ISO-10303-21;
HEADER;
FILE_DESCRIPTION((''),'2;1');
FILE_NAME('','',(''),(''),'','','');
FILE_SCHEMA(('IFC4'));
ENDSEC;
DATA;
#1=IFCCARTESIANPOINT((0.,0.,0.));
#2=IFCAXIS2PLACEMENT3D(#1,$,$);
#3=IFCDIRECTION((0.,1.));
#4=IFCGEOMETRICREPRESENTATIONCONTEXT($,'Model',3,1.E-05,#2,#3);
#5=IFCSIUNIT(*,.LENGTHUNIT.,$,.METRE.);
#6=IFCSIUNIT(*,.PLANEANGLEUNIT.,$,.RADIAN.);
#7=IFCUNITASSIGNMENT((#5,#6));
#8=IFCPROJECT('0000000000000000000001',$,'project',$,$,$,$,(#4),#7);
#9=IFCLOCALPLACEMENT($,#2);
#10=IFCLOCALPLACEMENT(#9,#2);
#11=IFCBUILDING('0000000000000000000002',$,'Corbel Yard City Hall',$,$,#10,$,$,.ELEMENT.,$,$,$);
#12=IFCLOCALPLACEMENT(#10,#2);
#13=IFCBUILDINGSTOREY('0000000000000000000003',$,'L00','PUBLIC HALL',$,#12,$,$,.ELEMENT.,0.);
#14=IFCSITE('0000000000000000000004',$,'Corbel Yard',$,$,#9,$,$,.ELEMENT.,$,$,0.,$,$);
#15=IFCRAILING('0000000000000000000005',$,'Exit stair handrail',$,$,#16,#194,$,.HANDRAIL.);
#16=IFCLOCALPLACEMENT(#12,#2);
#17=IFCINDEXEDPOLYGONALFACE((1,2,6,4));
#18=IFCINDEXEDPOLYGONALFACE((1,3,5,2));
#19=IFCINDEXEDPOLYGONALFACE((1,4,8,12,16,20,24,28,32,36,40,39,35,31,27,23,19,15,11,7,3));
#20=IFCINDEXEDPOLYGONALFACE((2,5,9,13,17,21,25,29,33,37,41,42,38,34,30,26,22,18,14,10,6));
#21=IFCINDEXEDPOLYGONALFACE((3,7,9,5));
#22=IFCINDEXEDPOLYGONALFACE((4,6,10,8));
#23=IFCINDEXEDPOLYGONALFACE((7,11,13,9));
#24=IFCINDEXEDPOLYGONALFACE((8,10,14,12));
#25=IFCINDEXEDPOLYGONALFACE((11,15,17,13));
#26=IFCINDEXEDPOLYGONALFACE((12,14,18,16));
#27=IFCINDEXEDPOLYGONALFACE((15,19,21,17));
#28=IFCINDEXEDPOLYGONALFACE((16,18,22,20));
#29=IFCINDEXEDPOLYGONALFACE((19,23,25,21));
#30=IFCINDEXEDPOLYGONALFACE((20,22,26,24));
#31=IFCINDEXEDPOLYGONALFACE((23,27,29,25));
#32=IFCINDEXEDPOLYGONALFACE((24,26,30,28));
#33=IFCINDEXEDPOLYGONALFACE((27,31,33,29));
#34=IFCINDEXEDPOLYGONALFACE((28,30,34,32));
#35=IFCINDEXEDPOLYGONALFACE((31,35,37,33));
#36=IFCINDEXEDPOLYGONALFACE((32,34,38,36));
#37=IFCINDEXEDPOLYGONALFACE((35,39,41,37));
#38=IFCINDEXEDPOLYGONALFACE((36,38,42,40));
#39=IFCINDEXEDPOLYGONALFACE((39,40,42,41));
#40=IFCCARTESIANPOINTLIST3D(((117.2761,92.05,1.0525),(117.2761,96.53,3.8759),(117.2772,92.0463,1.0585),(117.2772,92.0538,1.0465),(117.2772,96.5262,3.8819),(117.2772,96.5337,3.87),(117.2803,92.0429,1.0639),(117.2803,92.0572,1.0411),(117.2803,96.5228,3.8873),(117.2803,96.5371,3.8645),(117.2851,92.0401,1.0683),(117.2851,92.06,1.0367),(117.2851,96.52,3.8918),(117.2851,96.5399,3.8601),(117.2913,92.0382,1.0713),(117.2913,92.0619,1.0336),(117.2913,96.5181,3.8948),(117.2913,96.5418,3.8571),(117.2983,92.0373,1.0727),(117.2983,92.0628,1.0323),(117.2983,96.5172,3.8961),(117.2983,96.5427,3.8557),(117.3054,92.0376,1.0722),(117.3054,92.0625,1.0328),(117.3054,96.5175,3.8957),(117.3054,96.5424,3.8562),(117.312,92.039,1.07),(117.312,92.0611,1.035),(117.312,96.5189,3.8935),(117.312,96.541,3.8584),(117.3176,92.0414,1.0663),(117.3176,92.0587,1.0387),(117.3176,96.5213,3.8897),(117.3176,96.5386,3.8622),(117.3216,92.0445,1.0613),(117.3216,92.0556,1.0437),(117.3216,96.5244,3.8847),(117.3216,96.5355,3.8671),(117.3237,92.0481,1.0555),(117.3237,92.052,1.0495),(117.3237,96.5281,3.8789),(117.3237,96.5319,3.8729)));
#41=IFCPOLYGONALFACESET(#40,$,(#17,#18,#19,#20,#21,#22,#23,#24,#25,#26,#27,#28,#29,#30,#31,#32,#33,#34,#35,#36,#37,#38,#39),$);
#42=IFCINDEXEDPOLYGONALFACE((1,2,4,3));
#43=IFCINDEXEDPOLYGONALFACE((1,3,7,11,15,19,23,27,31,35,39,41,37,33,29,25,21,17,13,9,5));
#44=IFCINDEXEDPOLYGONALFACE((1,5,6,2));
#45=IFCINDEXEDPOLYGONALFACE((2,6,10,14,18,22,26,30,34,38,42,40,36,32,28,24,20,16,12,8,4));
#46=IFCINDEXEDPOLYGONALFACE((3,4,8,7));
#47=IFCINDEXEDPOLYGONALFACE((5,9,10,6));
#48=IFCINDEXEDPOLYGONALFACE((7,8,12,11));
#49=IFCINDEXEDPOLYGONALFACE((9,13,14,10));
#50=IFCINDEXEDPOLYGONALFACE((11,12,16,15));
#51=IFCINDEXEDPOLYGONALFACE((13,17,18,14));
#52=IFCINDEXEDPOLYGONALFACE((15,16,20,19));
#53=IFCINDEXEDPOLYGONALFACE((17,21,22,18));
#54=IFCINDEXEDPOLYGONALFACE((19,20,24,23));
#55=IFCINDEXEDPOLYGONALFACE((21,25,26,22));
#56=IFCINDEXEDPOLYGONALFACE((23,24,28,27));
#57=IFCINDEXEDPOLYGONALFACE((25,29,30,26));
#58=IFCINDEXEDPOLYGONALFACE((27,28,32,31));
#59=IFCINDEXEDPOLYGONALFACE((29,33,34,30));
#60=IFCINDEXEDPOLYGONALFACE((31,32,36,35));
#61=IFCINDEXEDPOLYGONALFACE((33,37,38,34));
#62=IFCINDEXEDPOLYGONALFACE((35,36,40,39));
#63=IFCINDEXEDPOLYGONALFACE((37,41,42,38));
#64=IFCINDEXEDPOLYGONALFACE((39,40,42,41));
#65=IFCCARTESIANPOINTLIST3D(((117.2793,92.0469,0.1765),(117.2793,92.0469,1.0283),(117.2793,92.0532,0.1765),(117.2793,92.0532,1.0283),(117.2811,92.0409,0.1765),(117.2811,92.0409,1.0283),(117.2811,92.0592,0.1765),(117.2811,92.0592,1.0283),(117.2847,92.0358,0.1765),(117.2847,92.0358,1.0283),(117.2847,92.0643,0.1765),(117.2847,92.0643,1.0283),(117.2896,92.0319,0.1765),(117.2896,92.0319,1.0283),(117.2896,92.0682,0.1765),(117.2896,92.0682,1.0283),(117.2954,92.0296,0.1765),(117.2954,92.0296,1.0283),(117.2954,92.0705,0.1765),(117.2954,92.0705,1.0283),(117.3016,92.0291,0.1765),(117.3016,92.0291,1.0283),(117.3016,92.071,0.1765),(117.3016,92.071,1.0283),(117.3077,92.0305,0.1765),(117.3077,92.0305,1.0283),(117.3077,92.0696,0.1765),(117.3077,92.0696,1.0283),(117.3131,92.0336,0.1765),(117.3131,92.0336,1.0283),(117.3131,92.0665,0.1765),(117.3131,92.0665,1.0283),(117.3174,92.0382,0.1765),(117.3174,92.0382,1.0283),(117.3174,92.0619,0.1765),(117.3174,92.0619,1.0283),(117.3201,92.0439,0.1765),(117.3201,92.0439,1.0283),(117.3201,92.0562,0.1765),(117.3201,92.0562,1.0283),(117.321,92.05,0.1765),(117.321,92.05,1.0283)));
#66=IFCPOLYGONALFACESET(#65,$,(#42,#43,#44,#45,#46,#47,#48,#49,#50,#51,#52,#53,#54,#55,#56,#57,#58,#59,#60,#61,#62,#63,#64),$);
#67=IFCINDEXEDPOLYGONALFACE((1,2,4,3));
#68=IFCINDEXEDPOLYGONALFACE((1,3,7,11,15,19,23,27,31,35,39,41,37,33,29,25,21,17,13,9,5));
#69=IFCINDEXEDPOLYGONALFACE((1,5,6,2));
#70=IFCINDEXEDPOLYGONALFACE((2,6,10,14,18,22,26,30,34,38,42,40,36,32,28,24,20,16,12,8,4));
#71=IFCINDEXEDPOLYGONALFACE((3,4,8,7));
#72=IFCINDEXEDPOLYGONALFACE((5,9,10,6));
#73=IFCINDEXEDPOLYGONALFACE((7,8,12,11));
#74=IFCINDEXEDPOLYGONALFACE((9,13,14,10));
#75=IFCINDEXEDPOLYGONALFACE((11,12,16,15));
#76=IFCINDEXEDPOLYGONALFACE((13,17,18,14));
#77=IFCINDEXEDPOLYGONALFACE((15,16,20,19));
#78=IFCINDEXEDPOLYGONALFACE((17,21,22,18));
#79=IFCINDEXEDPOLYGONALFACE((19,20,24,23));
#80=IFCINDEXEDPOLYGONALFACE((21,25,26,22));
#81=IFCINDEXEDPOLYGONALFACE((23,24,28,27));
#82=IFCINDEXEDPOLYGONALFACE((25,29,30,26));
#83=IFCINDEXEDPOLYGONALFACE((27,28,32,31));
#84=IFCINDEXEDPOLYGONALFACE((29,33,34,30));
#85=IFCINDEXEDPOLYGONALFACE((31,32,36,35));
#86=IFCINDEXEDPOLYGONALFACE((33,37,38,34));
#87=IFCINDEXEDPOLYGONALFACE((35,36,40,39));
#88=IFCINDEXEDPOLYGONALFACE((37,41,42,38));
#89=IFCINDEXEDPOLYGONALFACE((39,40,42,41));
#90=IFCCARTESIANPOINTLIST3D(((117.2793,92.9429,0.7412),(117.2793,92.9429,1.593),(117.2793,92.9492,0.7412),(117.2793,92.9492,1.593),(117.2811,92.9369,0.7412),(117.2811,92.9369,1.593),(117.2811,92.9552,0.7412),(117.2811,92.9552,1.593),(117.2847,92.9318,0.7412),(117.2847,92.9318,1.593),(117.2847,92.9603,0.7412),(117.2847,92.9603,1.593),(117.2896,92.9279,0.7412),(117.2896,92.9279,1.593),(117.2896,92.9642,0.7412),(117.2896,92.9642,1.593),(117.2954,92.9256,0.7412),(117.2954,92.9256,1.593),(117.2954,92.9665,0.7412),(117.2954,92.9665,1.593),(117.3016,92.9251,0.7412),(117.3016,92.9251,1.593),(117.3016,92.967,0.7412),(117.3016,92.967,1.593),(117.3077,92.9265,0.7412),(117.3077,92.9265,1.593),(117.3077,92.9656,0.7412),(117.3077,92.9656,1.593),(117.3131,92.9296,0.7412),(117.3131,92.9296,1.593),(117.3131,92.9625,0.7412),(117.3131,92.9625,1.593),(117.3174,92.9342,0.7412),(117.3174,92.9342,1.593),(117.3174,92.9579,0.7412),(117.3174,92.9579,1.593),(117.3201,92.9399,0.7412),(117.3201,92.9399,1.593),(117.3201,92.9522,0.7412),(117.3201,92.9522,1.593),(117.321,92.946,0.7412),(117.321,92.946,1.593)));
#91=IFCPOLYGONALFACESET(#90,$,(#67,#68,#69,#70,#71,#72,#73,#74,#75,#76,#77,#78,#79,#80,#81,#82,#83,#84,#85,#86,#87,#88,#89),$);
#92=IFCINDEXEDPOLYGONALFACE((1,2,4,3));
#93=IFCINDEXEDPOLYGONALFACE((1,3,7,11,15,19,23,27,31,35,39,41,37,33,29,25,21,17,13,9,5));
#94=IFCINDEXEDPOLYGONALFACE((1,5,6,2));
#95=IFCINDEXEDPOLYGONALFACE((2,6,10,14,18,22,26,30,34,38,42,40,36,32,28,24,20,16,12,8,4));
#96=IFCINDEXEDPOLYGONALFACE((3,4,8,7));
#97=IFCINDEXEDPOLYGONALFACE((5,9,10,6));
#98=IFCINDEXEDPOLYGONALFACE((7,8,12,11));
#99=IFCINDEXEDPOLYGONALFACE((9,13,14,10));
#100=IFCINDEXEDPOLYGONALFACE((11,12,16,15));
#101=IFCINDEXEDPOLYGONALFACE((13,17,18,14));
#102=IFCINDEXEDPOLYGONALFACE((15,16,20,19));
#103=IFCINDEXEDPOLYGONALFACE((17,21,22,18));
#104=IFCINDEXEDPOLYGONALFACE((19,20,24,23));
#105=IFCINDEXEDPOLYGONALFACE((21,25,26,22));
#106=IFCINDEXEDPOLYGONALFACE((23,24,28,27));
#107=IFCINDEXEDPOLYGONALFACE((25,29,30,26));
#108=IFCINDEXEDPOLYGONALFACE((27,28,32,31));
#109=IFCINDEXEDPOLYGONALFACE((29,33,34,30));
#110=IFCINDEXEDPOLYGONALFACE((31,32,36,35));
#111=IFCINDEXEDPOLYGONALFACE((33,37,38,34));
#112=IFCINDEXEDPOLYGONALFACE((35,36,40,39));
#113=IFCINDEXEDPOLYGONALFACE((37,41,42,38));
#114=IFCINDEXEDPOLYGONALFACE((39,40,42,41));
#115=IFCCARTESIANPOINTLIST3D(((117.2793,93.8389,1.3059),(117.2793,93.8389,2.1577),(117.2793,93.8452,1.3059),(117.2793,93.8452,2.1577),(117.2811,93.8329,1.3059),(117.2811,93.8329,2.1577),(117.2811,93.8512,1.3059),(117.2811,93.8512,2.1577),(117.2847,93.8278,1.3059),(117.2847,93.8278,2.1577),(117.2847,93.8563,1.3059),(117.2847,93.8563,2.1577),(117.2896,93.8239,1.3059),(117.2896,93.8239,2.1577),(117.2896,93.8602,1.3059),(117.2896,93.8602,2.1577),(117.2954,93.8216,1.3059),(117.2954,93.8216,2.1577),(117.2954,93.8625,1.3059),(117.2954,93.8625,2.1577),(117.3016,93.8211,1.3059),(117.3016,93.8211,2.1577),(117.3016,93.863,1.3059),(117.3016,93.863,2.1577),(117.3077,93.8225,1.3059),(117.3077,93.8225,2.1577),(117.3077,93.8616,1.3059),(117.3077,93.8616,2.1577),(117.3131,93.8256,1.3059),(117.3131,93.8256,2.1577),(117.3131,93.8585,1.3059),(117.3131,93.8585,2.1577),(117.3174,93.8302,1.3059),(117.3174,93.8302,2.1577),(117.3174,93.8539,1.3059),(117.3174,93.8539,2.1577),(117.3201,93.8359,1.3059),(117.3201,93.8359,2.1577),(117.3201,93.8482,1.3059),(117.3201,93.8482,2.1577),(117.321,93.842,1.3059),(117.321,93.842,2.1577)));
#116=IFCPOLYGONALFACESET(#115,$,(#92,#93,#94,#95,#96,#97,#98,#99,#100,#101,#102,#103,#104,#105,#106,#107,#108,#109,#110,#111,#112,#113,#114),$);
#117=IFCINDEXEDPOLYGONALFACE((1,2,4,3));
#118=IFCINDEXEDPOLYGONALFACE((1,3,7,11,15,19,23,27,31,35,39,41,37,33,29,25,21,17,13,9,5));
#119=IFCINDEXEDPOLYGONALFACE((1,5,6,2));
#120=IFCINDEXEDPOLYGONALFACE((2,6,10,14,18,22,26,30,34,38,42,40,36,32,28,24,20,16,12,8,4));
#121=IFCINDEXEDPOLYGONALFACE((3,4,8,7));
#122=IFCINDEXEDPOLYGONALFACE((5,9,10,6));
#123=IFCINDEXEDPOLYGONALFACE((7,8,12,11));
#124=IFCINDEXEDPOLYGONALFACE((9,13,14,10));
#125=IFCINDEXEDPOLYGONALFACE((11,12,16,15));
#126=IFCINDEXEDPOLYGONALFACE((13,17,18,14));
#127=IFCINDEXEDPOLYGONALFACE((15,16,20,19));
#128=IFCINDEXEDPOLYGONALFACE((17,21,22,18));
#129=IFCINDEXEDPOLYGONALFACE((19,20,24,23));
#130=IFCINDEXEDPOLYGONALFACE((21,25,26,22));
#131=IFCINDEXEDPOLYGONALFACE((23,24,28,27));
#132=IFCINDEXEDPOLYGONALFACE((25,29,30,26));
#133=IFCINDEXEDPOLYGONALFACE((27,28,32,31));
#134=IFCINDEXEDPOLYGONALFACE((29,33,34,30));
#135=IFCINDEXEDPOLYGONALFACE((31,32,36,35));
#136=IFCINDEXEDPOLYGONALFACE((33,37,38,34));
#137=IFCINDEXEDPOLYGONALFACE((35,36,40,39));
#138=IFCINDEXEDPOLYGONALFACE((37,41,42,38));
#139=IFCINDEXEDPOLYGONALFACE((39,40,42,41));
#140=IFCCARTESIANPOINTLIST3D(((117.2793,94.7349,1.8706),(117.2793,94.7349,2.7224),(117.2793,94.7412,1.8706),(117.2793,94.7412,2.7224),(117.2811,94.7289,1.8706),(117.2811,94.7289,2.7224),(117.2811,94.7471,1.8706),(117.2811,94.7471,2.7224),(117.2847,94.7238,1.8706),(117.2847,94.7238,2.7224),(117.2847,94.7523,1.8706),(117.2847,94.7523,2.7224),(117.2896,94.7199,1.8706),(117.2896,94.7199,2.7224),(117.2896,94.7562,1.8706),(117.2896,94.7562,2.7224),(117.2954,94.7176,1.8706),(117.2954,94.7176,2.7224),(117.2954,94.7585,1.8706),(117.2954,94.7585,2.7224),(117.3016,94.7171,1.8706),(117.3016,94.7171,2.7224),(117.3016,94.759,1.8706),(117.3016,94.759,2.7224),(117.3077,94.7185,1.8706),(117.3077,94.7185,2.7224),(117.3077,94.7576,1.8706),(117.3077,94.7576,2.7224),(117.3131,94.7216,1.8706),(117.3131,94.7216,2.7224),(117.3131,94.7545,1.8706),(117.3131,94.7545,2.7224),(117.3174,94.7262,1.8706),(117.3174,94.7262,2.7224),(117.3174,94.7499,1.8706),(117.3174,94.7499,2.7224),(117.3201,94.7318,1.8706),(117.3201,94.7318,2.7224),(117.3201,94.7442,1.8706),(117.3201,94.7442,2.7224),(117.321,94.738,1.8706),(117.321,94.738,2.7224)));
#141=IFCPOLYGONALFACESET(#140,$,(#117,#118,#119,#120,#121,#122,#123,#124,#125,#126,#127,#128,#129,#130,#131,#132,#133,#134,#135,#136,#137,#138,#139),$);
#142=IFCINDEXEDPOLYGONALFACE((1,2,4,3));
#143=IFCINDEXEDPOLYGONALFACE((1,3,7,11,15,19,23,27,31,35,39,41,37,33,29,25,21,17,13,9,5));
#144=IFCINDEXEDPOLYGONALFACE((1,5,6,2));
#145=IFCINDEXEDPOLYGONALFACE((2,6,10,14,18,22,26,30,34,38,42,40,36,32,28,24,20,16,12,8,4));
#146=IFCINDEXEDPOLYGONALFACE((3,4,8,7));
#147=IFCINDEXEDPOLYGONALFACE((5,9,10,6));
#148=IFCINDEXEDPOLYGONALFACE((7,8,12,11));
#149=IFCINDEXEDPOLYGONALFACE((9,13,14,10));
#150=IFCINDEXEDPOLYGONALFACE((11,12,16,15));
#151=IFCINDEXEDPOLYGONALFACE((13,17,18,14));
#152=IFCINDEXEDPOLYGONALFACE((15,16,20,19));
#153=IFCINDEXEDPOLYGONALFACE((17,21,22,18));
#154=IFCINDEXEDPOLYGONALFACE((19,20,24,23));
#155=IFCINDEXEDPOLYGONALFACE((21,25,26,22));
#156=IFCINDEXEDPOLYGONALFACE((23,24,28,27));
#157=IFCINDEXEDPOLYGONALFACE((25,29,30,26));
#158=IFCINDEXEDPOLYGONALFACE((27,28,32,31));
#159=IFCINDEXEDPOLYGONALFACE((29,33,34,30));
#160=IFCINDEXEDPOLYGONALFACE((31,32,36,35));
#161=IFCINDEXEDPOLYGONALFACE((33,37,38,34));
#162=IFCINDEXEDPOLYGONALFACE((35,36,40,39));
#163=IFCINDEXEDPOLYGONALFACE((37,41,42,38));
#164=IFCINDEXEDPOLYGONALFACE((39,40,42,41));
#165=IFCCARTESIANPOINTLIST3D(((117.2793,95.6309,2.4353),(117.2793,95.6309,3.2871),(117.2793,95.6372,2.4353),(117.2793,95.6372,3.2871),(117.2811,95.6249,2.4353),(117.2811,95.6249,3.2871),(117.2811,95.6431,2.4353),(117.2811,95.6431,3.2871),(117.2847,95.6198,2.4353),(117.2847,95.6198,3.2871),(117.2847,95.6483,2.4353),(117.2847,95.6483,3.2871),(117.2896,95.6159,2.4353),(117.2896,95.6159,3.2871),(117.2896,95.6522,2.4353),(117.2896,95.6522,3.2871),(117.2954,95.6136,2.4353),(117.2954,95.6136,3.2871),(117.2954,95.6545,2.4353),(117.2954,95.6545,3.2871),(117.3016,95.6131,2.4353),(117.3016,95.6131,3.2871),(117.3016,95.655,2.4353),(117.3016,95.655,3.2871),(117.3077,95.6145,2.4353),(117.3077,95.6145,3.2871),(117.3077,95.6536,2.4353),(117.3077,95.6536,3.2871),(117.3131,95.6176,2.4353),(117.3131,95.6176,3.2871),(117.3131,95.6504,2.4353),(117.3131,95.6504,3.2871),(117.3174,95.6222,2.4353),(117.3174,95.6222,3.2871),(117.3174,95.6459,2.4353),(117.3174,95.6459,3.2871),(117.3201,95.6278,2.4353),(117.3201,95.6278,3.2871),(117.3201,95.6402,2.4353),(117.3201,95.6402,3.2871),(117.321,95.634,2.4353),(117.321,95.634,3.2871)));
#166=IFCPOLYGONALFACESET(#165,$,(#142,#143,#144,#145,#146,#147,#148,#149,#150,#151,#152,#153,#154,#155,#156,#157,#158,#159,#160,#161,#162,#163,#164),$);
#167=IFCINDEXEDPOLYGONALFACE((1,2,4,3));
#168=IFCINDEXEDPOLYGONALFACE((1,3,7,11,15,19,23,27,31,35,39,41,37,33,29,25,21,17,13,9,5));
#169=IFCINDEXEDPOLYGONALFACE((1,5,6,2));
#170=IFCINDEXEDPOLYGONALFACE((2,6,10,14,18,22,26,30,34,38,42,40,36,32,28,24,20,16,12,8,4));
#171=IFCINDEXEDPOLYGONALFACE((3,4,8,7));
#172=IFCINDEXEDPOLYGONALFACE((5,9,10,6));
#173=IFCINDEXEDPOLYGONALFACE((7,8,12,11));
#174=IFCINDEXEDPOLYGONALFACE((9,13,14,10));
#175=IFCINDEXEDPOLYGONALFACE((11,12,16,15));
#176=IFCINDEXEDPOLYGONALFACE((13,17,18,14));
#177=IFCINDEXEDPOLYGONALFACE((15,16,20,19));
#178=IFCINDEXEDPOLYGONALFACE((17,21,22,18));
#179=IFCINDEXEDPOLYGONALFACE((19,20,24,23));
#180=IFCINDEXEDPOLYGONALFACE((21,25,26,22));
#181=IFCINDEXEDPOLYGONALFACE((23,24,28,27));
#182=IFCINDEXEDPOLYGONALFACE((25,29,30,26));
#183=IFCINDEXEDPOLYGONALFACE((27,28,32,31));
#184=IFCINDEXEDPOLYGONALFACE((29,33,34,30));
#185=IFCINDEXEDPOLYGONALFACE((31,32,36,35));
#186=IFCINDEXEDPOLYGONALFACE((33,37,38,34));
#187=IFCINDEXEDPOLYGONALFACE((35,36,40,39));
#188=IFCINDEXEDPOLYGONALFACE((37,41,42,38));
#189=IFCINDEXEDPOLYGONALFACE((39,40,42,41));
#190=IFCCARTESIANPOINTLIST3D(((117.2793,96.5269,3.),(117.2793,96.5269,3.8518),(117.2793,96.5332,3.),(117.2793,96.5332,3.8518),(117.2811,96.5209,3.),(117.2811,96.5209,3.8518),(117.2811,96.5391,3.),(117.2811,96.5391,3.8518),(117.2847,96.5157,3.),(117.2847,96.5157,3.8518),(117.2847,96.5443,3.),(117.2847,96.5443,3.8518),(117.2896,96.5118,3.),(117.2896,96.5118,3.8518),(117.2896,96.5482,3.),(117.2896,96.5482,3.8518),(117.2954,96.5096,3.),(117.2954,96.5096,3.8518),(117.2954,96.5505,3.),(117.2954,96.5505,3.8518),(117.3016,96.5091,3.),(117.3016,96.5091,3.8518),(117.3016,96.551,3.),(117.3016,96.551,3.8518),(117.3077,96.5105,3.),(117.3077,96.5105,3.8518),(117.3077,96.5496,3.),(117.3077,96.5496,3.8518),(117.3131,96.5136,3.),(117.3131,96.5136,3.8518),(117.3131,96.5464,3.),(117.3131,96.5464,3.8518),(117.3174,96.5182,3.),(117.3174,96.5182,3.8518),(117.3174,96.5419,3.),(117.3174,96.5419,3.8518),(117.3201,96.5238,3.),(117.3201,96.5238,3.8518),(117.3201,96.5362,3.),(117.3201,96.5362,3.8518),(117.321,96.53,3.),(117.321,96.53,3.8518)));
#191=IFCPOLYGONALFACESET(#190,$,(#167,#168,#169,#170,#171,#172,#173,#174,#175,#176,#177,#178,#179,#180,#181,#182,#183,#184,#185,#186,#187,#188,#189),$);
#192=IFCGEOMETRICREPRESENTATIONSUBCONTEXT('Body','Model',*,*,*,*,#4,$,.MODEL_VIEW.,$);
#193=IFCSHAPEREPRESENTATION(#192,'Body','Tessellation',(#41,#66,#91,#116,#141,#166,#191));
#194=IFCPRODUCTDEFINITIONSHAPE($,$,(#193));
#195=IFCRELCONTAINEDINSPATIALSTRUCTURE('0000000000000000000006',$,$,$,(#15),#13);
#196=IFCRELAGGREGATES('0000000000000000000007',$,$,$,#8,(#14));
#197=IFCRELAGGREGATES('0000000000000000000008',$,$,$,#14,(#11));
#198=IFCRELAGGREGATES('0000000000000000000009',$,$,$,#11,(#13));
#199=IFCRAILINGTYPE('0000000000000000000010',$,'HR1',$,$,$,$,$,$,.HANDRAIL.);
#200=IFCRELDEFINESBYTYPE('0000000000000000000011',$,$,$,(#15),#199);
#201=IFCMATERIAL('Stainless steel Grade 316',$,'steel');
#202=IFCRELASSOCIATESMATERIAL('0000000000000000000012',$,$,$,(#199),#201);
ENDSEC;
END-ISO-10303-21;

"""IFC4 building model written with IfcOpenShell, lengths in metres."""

from ifc_helpers import new_model, si_unit, direction, frame, origin, origin_2d, place, context, subcontext, project, spatial, circle, extrude, material, type_object, element, save


model = new_model("IFC4")

# Units and contexts
model_context = context("Model", 3, precision=1e-05, world=origin(), true_north=direction((0.0, 1.0)))
body_context = subcontext(model_context, "Body", "Model", "MODEL_VIEW")
ifc_project = project(units=[si_unit("LENGTHUNIT", "METRE"), si_unit("PLANEANGLEUNIT", "RADIAN")], contexts=[model_context])

# Site, building, storey
site_placement = place(None, origin())
site = spatial("IfcSite", under=ifc_project, at=site_placement, Name="Corbel Yard", CompositionType="ELEMENT", RefElevation=0.0)
building_placement = place(site_placement, origin())
building = spatial("IfcBuilding", under=site, at=building_placement, Name="Corbel Yard City Hall", CompositionType="ELEMENT")
storey_placement = place(building_placement, origin())
storey = spatial("IfcBuildingStorey", under=building, at=storey_placement, Name="L00", Description="PUBLIC HALL", CompositionType="ELEMENT", Elevation=0.0)

# Shared definitions
ifc_material_1 = material(Name="Stainless steel Grade 316", Category="steel")

# Railing
railing_type = type_object("IfcRailingType", Name="HR1", PredefinedType="HANDRAIL", material=ifc_material_1)
for number, where, name in (
    (1, (117.3, 92.05, 0.1765), "Exit stair handrail"),
):
    element("IfcRailing", number, at=place(storey_placement, frame(where)), inside=storey, type_object=railing_type, Name=name, PredefinedType="HANDRAIL", context=body_context, shape_type="SweptSolid", body=[
        extrude(circle(Radius=0.0239, at=origin_2d()), frame((0.0, 0.0, 0.876), z_axis=(0.0, 0.845998, 0.533186), x_axis=(-1.0, 0.0, 0.0)), (0.0, 0.0, 1.0), 5.2954),
        extrude(circle(Radius=0.021, at=origin_2d()), origin(), (0.0, 0.0, 1.0), 0.8518),
        extrude(circle(Radius=0.021, at=origin_2d()), frame((0.0, 0.896, 0.5647)), (0.0, 0.0, 1.0), 0.8518),
        extrude(circle(Radius=0.021, at=origin_2d()), frame((0.0, 1.792, 1.1294)), (0.0, 0.0, 1.0), 0.8518),
        extrude(circle(Radius=0.021, at=origin_2d()), frame((0.0, 2.688, 1.6941)), (0.0, 0.0, 1.0), 0.8518),
        extrude(circle(Radius=0.021, at=origin_2d()), frame((0.0, 3.584, 2.2588)), (0.0, 0.0, 1.0), 0.8518),
        extrude(circle(Radius=0.021, at=origin_2d()), frame((0.0, 4.48, 2.8235)), (0.0, 0.0, 1.0), 0.8518),
    ])

save(model, "model.ifc")
